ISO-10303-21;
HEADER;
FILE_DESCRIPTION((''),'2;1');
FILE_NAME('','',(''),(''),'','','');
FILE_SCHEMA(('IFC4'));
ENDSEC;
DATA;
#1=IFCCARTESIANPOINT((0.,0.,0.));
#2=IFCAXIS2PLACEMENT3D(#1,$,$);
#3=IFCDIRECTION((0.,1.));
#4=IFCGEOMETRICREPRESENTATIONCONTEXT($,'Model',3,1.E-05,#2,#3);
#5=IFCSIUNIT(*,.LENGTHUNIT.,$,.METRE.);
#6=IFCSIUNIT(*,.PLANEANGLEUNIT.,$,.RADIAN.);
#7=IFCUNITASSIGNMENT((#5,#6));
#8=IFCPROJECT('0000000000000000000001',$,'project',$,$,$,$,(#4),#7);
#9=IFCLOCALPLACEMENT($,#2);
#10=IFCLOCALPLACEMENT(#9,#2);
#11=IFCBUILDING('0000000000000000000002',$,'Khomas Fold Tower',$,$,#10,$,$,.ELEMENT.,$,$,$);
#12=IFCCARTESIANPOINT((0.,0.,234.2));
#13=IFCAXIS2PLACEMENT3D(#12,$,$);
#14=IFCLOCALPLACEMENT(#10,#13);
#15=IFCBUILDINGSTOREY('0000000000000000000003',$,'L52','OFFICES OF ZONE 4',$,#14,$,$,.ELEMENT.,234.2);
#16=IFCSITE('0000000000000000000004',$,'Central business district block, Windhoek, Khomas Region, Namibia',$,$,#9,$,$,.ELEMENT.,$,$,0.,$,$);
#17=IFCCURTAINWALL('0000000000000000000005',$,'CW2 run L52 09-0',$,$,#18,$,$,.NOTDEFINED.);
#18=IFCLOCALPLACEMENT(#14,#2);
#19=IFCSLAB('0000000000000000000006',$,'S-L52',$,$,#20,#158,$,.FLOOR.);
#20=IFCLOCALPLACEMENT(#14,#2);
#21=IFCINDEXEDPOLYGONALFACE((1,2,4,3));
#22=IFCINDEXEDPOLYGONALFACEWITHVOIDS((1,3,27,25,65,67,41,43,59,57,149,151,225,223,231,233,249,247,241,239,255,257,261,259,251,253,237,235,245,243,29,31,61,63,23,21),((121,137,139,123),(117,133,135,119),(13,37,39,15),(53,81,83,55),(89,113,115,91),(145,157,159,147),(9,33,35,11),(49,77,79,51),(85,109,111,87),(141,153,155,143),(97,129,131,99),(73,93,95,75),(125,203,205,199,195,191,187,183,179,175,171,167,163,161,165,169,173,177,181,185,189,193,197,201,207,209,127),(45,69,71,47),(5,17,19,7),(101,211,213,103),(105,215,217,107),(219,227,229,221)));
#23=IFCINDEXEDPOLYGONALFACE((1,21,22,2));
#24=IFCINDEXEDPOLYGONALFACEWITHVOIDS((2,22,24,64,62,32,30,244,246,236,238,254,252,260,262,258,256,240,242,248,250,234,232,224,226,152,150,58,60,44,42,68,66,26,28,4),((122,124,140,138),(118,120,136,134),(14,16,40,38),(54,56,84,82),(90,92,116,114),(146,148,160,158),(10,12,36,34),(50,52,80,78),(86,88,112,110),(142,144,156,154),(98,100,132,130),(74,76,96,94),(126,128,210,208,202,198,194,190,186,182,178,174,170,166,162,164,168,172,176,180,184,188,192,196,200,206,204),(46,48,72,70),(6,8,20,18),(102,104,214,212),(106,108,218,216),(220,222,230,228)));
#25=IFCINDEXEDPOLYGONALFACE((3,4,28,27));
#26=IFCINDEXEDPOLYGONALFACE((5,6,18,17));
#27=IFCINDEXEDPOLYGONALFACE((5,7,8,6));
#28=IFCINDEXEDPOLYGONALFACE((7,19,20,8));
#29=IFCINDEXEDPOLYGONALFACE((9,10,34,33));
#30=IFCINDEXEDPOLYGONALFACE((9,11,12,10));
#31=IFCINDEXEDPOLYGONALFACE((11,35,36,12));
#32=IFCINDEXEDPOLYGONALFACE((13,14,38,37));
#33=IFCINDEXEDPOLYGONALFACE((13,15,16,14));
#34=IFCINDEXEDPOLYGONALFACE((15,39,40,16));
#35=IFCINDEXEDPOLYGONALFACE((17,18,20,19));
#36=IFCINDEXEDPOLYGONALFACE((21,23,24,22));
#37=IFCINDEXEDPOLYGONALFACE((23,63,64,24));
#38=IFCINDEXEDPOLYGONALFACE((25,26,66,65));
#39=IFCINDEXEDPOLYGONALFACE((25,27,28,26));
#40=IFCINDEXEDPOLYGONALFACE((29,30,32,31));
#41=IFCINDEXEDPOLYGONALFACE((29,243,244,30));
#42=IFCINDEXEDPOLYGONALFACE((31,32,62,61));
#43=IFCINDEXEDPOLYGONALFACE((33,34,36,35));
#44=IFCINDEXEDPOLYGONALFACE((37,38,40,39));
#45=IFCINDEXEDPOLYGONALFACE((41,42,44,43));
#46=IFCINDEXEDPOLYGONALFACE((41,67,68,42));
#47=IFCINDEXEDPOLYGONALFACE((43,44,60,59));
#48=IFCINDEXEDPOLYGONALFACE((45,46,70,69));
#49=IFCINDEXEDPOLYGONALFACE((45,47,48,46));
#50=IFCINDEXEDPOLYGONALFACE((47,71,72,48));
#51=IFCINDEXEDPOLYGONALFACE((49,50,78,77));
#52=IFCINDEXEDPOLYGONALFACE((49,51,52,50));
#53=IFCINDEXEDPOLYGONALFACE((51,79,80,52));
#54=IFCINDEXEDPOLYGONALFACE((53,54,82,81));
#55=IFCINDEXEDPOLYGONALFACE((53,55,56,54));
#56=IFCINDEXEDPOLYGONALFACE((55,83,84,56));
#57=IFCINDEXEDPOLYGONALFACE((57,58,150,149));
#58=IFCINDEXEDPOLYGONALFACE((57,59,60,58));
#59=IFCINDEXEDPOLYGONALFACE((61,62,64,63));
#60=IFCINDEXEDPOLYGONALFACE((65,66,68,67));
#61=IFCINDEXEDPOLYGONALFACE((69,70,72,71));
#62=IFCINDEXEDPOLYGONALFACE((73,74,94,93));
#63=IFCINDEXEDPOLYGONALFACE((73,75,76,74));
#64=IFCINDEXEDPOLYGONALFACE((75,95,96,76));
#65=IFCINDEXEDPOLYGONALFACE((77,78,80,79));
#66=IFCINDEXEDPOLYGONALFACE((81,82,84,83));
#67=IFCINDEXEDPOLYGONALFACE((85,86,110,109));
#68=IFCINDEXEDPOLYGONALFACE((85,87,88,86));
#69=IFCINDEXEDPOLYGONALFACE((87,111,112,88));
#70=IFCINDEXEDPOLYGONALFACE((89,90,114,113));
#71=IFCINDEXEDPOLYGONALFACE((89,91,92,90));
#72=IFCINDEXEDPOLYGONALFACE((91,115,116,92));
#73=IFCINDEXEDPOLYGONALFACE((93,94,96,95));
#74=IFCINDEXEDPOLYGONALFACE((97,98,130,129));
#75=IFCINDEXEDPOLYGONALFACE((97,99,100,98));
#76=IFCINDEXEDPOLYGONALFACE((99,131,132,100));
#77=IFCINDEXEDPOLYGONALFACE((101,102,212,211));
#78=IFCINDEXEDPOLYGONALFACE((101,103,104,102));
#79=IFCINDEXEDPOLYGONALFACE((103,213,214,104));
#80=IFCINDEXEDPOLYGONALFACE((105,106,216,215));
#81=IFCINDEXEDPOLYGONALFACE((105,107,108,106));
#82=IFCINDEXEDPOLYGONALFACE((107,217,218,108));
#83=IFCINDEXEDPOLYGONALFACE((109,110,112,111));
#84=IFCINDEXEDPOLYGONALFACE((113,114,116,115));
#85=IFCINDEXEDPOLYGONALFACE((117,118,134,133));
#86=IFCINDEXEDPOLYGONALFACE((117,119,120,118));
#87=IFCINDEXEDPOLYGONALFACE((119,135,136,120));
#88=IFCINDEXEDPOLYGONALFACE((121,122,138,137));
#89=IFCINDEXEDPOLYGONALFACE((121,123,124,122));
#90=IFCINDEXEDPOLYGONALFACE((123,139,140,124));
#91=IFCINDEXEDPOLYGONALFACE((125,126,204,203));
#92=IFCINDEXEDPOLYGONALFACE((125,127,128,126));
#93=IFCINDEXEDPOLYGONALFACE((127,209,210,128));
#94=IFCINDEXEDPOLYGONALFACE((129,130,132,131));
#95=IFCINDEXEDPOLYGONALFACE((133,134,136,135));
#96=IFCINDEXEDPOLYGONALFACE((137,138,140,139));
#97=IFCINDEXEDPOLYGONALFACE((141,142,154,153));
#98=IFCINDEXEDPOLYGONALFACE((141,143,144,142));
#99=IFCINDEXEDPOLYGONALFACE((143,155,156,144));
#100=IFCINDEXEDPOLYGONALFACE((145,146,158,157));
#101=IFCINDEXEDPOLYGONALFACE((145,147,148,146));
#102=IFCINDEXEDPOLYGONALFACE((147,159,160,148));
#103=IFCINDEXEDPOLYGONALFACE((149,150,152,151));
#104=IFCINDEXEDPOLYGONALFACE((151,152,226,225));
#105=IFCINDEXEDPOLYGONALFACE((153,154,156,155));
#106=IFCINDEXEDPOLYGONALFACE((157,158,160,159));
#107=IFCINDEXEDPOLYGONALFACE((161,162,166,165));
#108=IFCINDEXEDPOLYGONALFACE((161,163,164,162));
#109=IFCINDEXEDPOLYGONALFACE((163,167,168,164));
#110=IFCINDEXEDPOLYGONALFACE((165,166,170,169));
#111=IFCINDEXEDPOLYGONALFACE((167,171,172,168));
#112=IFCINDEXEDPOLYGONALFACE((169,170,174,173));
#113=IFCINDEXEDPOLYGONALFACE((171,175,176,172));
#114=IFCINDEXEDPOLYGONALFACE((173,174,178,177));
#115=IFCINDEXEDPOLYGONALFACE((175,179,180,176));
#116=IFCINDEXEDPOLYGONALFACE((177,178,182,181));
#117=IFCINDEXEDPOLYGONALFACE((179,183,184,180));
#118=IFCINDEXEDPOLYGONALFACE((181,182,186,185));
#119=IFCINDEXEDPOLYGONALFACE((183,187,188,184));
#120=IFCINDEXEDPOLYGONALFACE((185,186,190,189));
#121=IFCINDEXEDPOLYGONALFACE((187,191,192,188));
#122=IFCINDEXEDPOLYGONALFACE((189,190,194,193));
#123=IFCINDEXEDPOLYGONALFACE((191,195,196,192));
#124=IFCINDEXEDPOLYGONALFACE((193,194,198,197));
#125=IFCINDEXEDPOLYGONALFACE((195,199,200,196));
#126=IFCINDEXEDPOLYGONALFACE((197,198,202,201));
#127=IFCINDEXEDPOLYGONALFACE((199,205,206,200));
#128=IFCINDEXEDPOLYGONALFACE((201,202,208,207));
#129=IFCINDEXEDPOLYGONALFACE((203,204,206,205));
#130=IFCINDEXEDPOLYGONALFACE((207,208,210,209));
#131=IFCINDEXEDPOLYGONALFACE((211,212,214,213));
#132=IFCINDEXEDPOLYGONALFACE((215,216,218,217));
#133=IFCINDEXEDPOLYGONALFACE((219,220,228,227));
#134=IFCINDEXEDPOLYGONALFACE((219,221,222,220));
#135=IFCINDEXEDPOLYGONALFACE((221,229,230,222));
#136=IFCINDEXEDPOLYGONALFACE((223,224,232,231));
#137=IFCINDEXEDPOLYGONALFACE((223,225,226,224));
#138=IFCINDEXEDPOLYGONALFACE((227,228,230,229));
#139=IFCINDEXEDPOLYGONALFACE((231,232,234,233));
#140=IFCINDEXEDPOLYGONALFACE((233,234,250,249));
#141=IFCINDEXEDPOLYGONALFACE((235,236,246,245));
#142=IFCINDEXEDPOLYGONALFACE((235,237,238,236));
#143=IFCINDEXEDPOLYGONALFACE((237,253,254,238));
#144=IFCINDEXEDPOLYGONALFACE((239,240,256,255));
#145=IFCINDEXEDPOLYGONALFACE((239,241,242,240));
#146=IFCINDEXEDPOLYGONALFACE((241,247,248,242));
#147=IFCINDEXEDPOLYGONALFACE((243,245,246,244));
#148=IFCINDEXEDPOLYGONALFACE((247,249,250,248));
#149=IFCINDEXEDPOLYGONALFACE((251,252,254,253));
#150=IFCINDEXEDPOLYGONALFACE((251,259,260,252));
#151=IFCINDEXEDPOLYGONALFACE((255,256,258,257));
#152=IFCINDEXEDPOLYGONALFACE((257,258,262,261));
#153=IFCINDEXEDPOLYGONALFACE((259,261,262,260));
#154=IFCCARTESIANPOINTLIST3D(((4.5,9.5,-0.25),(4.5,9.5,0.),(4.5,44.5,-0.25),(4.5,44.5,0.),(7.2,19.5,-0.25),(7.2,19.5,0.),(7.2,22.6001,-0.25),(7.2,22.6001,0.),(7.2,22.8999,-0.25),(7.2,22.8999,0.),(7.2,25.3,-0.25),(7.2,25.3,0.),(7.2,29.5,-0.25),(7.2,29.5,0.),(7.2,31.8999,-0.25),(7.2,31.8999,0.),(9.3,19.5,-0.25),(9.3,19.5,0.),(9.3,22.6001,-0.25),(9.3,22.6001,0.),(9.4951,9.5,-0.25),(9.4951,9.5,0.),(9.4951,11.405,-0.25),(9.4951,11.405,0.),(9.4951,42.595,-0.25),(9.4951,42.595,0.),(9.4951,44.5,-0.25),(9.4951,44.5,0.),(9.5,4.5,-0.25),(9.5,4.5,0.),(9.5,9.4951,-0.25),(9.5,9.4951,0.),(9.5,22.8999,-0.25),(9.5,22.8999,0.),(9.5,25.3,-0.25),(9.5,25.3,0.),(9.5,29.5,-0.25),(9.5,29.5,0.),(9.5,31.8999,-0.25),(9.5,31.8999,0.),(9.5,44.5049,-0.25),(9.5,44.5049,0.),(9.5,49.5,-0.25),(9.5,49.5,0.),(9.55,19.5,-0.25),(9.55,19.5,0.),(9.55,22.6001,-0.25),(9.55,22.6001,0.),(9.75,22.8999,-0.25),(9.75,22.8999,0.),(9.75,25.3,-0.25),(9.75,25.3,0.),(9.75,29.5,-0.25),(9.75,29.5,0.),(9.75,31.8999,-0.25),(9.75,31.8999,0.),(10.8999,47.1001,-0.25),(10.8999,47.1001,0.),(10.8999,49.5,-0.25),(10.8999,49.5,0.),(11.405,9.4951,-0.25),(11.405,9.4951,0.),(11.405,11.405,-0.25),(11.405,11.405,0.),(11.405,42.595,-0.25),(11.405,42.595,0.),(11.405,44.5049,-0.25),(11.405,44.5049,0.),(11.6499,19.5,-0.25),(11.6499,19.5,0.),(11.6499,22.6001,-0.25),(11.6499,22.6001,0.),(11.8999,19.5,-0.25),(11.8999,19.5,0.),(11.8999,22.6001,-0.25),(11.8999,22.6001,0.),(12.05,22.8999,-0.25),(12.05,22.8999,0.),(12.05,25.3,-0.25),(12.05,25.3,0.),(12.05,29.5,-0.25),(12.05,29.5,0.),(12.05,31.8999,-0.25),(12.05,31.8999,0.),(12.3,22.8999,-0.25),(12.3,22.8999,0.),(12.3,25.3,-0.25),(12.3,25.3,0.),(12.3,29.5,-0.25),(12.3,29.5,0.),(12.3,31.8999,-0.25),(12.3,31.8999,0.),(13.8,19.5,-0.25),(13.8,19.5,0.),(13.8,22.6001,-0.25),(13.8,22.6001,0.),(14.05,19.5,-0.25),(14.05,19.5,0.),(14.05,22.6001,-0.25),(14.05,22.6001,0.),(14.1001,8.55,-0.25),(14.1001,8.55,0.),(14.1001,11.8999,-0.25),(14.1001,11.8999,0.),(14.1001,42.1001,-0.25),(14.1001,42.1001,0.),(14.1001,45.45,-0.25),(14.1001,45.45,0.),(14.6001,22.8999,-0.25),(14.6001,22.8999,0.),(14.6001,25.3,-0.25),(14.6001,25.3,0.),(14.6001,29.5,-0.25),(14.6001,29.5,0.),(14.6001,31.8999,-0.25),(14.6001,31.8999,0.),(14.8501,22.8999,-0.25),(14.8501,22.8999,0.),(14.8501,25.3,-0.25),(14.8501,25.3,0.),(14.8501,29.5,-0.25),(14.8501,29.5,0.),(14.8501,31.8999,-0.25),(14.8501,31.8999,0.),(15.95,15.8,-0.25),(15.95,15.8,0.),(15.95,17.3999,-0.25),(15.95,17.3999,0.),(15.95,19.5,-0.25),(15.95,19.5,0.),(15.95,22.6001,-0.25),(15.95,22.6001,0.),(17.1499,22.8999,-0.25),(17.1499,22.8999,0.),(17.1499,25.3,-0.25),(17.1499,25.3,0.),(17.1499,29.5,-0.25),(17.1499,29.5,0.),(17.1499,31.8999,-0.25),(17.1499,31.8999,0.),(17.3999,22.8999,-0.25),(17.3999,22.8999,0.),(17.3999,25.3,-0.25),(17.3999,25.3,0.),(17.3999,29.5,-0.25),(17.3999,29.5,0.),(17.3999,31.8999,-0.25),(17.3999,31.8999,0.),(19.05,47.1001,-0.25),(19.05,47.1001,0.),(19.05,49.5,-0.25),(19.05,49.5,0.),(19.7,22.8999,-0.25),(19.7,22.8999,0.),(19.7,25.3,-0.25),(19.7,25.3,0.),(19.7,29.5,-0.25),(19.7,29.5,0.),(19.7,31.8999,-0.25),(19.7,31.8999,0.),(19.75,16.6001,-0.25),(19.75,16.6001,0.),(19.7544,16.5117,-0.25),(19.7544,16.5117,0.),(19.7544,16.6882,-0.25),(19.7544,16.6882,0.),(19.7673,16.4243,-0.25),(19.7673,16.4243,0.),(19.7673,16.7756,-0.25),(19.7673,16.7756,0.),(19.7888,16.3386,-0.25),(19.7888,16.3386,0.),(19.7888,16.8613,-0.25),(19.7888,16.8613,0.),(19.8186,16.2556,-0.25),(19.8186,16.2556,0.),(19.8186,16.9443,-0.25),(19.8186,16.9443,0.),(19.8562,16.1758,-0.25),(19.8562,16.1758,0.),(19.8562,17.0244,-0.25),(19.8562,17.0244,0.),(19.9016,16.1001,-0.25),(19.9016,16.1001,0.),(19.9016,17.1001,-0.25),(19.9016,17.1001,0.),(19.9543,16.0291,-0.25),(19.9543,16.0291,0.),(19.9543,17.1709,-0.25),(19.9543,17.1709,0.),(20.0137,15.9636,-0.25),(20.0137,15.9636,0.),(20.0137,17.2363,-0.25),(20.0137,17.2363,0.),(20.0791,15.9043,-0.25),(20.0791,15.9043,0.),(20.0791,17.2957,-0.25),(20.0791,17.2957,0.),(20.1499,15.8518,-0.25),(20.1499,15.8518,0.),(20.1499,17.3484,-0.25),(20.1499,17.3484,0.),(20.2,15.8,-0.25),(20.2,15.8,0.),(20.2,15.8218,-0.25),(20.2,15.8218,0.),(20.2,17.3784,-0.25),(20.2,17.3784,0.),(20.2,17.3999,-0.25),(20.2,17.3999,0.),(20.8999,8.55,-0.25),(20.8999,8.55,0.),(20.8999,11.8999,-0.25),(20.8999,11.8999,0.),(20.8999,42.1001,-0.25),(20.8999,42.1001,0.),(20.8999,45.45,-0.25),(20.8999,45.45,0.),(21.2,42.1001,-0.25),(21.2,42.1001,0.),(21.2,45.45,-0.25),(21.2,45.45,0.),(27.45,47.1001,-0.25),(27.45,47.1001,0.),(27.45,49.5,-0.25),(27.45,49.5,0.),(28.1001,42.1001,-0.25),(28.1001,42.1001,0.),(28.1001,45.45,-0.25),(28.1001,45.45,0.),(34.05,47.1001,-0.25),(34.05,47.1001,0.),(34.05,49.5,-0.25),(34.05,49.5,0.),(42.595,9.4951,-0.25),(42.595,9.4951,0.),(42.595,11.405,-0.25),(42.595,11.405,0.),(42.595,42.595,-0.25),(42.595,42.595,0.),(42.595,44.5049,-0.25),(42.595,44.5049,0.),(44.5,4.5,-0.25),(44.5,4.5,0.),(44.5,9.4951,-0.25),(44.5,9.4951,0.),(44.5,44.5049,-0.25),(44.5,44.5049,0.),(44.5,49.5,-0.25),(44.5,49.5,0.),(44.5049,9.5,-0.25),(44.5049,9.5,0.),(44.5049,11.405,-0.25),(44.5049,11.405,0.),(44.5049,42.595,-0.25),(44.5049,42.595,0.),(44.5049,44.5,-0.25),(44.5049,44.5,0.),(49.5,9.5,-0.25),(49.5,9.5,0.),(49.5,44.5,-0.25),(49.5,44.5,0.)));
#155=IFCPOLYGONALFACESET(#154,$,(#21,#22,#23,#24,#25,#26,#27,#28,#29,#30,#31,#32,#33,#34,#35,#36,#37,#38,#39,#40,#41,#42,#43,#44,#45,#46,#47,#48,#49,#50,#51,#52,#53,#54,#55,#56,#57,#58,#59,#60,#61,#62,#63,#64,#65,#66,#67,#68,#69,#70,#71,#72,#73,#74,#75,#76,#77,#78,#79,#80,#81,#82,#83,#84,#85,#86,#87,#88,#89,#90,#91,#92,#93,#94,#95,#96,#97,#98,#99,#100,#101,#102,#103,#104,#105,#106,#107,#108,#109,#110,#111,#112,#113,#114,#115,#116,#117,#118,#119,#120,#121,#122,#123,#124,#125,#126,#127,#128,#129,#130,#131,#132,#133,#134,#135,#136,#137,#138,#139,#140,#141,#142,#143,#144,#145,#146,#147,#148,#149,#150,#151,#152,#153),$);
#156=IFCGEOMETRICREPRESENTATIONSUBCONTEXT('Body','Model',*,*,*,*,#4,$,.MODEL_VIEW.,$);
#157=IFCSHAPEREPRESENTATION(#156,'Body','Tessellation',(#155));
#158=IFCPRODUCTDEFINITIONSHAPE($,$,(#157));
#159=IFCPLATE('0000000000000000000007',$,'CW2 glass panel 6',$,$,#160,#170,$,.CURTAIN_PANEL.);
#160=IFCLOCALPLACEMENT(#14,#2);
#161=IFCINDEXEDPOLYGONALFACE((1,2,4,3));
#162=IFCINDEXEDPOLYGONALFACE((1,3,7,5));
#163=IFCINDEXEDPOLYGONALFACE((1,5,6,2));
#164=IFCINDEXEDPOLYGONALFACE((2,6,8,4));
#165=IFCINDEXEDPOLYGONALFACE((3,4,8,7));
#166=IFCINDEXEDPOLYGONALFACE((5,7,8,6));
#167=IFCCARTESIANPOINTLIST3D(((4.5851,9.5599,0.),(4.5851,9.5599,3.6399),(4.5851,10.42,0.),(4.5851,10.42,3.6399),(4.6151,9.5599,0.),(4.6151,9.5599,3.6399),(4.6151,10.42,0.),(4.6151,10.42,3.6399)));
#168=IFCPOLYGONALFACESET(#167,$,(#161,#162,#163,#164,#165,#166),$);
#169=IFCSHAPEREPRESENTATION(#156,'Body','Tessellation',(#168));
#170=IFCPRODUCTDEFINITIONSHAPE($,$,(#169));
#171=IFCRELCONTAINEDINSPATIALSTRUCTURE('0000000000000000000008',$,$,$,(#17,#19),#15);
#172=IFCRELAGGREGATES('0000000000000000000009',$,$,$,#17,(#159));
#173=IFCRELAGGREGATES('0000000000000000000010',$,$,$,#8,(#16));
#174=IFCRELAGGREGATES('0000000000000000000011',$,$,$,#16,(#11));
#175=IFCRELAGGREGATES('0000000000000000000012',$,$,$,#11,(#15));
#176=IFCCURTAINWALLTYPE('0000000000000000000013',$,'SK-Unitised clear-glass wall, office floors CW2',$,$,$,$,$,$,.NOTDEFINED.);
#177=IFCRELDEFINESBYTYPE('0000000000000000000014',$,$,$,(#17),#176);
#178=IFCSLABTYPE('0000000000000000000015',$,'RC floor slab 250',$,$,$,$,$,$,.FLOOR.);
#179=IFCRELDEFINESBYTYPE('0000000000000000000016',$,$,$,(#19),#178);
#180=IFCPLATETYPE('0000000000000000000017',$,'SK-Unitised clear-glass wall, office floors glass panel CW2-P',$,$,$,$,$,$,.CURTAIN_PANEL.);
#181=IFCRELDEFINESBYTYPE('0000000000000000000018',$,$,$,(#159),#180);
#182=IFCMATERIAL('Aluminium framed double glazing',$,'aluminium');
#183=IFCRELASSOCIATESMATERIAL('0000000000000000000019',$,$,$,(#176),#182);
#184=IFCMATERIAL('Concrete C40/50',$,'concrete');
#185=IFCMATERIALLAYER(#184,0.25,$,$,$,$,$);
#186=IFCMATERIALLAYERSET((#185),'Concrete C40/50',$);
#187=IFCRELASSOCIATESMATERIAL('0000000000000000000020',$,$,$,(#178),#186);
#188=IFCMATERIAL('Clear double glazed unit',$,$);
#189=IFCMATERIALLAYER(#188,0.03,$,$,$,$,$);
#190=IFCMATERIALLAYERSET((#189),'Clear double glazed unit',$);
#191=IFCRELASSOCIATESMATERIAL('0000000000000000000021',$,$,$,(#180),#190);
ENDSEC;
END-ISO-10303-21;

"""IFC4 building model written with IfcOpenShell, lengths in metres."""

from ifc_helpers import new_model, si_unit, direction, frame, origin, origin_2d, place, context, subcontext, project, spatial, polyline, rectangle, outline, extrude, source, transform, mapped, material, layer, layer_set, type_object, element, aggregate, save


model = new_model("IFC4")

# Units and contexts
model_context = context("Model", 3, precision=1e-05, world=origin(), true_north=direction((0.0, 1.0)))
body_context = subcontext(model_context, "Body", "Model", "MODEL_VIEW")
ifc_project = project(units=[si_unit("LENGTHUNIT", "METRE"), si_unit("PLANEANGLEUNIT", "RADIAN")], contexts=[model_context])

# Site, building, storey
site_placement = place(None, origin())
site = spatial("IfcSite", under=ifc_project, at=site_placement, Name="Central business district block, Windhoek, Khomas Region, Namibia", CompositionType="ELEMENT", RefElevation=0.0)
building_placement = place(site_placement, origin())
building = spatial("IfcBuilding", under=site, at=building_placement, Name="Khomas Fold Tower", CompositionType="ELEMENT")
storey_placement = place(building_placement, frame((0.0, 0.0, 234.2)))
storey = spatial("IfcBuildingStorey", under=building, at=storey_placement, Name="L52", Description="OFFICES OF ZONE 4", CompositionType="ELEMENT", Elevation=234.2)

# Curtain wall
ifc_material_1 = material(Name="Aluminium framed double glazing", Category="aluminium")
curtain_wall_type = type_object("IfcCurtainWallType", Name="SK-Unitised clear-glass wall, office floors CW2", PredefinedType="NOTDEFINED", material=ifc_material_1)
curtain_wall_1_placement = place(storey_placement, origin())
curtain_wall_1 = element("IfcCurtainWall", 1, at=curtain_wall_1_placement, inside=storey, type_object=curtain_wall_type, Name="CW2 run L52 09-0", PredefinedType="NOTDEFINED")

# Slab
ifc_material_2 = material(Name="Concrete C40/50", Category="concrete")
ifc_layer_1 = layer(ifc_material_2, 0.25)
ifc_layer_set_1 = layer_set([ifc_layer_1], Name="Concrete C40/50")
slab_type_1 = type_object("IfcSlabType", Name="RC floor slab 250", PredefinedType="FLOOR", material=ifc_layer_set_1)
shared_shape_1 = source(origin(), body_context, "Body", "SweptSolid", [
    extrude(outline(polyline([(4.5, 9.5), (9.4951, 9.5), (9.4951, 11.405), (11.405, 11.405), (11.405, 9.4951), (9.5, 9.4951), (9.5, 4.5), (44.5, 4.5), (44.5, 9.4951), (42.595, 9.4951), (42.595, 11.405), (44.5049, 11.405), (44.5049, 9.5), (49.5, 9.5), (49.5, 44.5), (44.5049, 44.5), (44.5049, 42.595), (42.595, 42.595), (42.595, 44.5049), (44.5, 44.5049), (44.5, 49.5), (34.05, 49.5), (34.05, 47.1001), (27.45, 47.1001), (27.45, 49.5), (19.05, 49.5), (19.05, 47.1001), (10.8999, 47.1001), (10.8999, 49.5), (9.5, 49.5), (9.5, 44.5049), (11.405, 44.5049), (11.405, 42.595), (9.4951, 42.595), (9.4951, 44.5), (4.5, 44.5), (4.5, 9.5)]), holes=[polyline([(7.2, 19.5), (7.2, 22.6001), (9.3, 22.6001), (9.3, 19.5), (7.2, 19.5)]), polyline([(7.2, 22.8999), (7.2, 25.3), (9.5, 25.3), (9.5, 22.8999), (7.2, 22.8999)]), polyline([(7.2, 29.5), (7.2, 31.8999), (9.5, 31.8999), (9.5, 29.5), (7.2, 29.5)]), polyline([(9.55, 19.5), (9.55, 22.6001), (11.6499, 22.6001), (11.6499, 19.5), (9.55, 19.5)]), polyline([(9.75, 22.8999), (9.75, 25.3), (12.05, 25.3), (12.05, 22.8999), (9.75, 22.8999)]), polyline([(9.75, 29.5), (9.75, 31.8999), (12.05, 31.8999), (12.05, 29.5), (9.75, 29.5)]), polyline([(11.8999, 19.5), (11.8999, 22.6001), (13.8, 22.6001), (13.8, 19.5), (11.8999, 19.5)]), polyline([(12.3, 22.8999), (12.3, 25.3), (14.6001, 25.3), (14.6001, 22.8999), (12.3, 22.8999)]), polyline([(12.3, 29.5), (12.3, 31.8999), (14.6001, 31.8999), (14.6001, 29.5), (12.3, 29.5)]), polyline([(14.05, 19.5), (14.05, 22.6001), (15.95, 22.6001), (15.95, 19.5), (14.05, 19.5)]), polyline([(14.1001, 8.55), (14.1001, 11.8999), (20.8999, 11.8999), (20.8999, 8.55), (14.1001, 8.55)]), polyline([(14.1001, 42.1001), (14.1001, 45.45), (20.8999, 45.45), (20.8999, 42.1001), (14.1001, 42.1001)]), polyline([(14.8501, 22.8999), (14.8501, 25.3), (17.1499, 25.3), (17.1499, 22.8999), (14.8501, 22.8999)]), polyline([(14.8501, 29.5), (14.8501, 31.8999), (17.1499, 31.8999), (17.1499, 29.5), (14.8501, 29.5)]), polyline([(15.95, 15.8), (15.95, 17.3999), (20.2, 17.3999), (20.2, 17.3784), (20.1499, 17.3484), (20.0791, 17.2957), (20.0137, 17.2363), (19.9543, 17.1709), (19.9016, 17.1001), (19.8562, 17.0244), (19.8186, 16.9443), (19.7888, 16.8613), (19.7673, 16.7756), (19.7544, 16.6882), (19.75, 16.6001), (19.7544, 16.5117), (19.7673, 16.4243), (19.7888, 16.3386), (19.8186, 16.2556), (19.8562, 16.1758), (19.9016, 16.1001), (19.9543, 16.0291), (20.0137, 15.9636), (20.0791, 15.9043), (20.1499, 15.8518), (20.2, 15.8218), (20.2, 15.8), (15.95, 15.8)]), polyline([(17.3999, 22.8999), (17.3999, 25.3), (19.7, 25.3), (19.7, 22.8999), (17.3999, 22.8999)]), polyline([(17.3999, 29.5), (17.3999, 31.8999), (19.7, 31.8999), (19.7, 29.5), (17.3999, 29.5)]), polyline([(21.2, 42.1001), (21.2, 45.45), (28.1001, 45.45), (28.1001, 42.1001), (21.2, 42.1001)])]), origin(), (0.0, 0.0, 1.0), 0.25),
])
slab_1_placement = place(storey_placement, frame((0.0, 0.0, -0.25)))
element("IfcSlab", 2, at=slab_1_placement, inside=storey, type_object=slab_type_1, Name="S-L52", PredefinedType="FLOOR", context=body_context, shape_type="MappedRepresentation", body=[
    mapped(shared_shape_1, transform((0.0, 0.0, 0.0))),
])

# Plate
ifc_material_3 = material(Name="Clear double glazed unit")
ifc_layer_2 = layer(ifc_material_3, 0.03)
ifc_layer_set_2 = layer_set([ifc_layer_2], Name="Clear double glazed unit")
plate_type_1 = type_object("IfcPlateType", Name="SK-Unitised clear-glass wall, office floors glass panel CW2-P", PredefinedType="CURTAIN_PANEL", material=ifc_layer_set_2)
shared_shape_2 = source(origin(), body_context, "Body", "SweptSolid", [
    extrude(rectangle(XDim=0.8601, YDim=0.03, at=origin_2d()), origin(), (0.0, 0.0, 1.0), 3.6399),
])
plate_1_placement = place(storey_placement, frame((4.6001, 9.99, 0.0), z_axis=(0.0, 0.0, 1.0), x_axis=(0.0, -1.0, 0.0)))
plate_1 = element("IfcPlate", 3, at=plate_1_placement, type_object=plate_type_1, Name="CW2 glass panel 6", PredefinedType="CURTAIN_PANEL", context=body_context, shape_type="MappedRepresentation", body=[
    mapped(shared_shape_2, transform((0.0, 0.0, 0.0))),
])
aggregate(curtain_wall_1, [plate_1])

save(model, "model.ifc")
